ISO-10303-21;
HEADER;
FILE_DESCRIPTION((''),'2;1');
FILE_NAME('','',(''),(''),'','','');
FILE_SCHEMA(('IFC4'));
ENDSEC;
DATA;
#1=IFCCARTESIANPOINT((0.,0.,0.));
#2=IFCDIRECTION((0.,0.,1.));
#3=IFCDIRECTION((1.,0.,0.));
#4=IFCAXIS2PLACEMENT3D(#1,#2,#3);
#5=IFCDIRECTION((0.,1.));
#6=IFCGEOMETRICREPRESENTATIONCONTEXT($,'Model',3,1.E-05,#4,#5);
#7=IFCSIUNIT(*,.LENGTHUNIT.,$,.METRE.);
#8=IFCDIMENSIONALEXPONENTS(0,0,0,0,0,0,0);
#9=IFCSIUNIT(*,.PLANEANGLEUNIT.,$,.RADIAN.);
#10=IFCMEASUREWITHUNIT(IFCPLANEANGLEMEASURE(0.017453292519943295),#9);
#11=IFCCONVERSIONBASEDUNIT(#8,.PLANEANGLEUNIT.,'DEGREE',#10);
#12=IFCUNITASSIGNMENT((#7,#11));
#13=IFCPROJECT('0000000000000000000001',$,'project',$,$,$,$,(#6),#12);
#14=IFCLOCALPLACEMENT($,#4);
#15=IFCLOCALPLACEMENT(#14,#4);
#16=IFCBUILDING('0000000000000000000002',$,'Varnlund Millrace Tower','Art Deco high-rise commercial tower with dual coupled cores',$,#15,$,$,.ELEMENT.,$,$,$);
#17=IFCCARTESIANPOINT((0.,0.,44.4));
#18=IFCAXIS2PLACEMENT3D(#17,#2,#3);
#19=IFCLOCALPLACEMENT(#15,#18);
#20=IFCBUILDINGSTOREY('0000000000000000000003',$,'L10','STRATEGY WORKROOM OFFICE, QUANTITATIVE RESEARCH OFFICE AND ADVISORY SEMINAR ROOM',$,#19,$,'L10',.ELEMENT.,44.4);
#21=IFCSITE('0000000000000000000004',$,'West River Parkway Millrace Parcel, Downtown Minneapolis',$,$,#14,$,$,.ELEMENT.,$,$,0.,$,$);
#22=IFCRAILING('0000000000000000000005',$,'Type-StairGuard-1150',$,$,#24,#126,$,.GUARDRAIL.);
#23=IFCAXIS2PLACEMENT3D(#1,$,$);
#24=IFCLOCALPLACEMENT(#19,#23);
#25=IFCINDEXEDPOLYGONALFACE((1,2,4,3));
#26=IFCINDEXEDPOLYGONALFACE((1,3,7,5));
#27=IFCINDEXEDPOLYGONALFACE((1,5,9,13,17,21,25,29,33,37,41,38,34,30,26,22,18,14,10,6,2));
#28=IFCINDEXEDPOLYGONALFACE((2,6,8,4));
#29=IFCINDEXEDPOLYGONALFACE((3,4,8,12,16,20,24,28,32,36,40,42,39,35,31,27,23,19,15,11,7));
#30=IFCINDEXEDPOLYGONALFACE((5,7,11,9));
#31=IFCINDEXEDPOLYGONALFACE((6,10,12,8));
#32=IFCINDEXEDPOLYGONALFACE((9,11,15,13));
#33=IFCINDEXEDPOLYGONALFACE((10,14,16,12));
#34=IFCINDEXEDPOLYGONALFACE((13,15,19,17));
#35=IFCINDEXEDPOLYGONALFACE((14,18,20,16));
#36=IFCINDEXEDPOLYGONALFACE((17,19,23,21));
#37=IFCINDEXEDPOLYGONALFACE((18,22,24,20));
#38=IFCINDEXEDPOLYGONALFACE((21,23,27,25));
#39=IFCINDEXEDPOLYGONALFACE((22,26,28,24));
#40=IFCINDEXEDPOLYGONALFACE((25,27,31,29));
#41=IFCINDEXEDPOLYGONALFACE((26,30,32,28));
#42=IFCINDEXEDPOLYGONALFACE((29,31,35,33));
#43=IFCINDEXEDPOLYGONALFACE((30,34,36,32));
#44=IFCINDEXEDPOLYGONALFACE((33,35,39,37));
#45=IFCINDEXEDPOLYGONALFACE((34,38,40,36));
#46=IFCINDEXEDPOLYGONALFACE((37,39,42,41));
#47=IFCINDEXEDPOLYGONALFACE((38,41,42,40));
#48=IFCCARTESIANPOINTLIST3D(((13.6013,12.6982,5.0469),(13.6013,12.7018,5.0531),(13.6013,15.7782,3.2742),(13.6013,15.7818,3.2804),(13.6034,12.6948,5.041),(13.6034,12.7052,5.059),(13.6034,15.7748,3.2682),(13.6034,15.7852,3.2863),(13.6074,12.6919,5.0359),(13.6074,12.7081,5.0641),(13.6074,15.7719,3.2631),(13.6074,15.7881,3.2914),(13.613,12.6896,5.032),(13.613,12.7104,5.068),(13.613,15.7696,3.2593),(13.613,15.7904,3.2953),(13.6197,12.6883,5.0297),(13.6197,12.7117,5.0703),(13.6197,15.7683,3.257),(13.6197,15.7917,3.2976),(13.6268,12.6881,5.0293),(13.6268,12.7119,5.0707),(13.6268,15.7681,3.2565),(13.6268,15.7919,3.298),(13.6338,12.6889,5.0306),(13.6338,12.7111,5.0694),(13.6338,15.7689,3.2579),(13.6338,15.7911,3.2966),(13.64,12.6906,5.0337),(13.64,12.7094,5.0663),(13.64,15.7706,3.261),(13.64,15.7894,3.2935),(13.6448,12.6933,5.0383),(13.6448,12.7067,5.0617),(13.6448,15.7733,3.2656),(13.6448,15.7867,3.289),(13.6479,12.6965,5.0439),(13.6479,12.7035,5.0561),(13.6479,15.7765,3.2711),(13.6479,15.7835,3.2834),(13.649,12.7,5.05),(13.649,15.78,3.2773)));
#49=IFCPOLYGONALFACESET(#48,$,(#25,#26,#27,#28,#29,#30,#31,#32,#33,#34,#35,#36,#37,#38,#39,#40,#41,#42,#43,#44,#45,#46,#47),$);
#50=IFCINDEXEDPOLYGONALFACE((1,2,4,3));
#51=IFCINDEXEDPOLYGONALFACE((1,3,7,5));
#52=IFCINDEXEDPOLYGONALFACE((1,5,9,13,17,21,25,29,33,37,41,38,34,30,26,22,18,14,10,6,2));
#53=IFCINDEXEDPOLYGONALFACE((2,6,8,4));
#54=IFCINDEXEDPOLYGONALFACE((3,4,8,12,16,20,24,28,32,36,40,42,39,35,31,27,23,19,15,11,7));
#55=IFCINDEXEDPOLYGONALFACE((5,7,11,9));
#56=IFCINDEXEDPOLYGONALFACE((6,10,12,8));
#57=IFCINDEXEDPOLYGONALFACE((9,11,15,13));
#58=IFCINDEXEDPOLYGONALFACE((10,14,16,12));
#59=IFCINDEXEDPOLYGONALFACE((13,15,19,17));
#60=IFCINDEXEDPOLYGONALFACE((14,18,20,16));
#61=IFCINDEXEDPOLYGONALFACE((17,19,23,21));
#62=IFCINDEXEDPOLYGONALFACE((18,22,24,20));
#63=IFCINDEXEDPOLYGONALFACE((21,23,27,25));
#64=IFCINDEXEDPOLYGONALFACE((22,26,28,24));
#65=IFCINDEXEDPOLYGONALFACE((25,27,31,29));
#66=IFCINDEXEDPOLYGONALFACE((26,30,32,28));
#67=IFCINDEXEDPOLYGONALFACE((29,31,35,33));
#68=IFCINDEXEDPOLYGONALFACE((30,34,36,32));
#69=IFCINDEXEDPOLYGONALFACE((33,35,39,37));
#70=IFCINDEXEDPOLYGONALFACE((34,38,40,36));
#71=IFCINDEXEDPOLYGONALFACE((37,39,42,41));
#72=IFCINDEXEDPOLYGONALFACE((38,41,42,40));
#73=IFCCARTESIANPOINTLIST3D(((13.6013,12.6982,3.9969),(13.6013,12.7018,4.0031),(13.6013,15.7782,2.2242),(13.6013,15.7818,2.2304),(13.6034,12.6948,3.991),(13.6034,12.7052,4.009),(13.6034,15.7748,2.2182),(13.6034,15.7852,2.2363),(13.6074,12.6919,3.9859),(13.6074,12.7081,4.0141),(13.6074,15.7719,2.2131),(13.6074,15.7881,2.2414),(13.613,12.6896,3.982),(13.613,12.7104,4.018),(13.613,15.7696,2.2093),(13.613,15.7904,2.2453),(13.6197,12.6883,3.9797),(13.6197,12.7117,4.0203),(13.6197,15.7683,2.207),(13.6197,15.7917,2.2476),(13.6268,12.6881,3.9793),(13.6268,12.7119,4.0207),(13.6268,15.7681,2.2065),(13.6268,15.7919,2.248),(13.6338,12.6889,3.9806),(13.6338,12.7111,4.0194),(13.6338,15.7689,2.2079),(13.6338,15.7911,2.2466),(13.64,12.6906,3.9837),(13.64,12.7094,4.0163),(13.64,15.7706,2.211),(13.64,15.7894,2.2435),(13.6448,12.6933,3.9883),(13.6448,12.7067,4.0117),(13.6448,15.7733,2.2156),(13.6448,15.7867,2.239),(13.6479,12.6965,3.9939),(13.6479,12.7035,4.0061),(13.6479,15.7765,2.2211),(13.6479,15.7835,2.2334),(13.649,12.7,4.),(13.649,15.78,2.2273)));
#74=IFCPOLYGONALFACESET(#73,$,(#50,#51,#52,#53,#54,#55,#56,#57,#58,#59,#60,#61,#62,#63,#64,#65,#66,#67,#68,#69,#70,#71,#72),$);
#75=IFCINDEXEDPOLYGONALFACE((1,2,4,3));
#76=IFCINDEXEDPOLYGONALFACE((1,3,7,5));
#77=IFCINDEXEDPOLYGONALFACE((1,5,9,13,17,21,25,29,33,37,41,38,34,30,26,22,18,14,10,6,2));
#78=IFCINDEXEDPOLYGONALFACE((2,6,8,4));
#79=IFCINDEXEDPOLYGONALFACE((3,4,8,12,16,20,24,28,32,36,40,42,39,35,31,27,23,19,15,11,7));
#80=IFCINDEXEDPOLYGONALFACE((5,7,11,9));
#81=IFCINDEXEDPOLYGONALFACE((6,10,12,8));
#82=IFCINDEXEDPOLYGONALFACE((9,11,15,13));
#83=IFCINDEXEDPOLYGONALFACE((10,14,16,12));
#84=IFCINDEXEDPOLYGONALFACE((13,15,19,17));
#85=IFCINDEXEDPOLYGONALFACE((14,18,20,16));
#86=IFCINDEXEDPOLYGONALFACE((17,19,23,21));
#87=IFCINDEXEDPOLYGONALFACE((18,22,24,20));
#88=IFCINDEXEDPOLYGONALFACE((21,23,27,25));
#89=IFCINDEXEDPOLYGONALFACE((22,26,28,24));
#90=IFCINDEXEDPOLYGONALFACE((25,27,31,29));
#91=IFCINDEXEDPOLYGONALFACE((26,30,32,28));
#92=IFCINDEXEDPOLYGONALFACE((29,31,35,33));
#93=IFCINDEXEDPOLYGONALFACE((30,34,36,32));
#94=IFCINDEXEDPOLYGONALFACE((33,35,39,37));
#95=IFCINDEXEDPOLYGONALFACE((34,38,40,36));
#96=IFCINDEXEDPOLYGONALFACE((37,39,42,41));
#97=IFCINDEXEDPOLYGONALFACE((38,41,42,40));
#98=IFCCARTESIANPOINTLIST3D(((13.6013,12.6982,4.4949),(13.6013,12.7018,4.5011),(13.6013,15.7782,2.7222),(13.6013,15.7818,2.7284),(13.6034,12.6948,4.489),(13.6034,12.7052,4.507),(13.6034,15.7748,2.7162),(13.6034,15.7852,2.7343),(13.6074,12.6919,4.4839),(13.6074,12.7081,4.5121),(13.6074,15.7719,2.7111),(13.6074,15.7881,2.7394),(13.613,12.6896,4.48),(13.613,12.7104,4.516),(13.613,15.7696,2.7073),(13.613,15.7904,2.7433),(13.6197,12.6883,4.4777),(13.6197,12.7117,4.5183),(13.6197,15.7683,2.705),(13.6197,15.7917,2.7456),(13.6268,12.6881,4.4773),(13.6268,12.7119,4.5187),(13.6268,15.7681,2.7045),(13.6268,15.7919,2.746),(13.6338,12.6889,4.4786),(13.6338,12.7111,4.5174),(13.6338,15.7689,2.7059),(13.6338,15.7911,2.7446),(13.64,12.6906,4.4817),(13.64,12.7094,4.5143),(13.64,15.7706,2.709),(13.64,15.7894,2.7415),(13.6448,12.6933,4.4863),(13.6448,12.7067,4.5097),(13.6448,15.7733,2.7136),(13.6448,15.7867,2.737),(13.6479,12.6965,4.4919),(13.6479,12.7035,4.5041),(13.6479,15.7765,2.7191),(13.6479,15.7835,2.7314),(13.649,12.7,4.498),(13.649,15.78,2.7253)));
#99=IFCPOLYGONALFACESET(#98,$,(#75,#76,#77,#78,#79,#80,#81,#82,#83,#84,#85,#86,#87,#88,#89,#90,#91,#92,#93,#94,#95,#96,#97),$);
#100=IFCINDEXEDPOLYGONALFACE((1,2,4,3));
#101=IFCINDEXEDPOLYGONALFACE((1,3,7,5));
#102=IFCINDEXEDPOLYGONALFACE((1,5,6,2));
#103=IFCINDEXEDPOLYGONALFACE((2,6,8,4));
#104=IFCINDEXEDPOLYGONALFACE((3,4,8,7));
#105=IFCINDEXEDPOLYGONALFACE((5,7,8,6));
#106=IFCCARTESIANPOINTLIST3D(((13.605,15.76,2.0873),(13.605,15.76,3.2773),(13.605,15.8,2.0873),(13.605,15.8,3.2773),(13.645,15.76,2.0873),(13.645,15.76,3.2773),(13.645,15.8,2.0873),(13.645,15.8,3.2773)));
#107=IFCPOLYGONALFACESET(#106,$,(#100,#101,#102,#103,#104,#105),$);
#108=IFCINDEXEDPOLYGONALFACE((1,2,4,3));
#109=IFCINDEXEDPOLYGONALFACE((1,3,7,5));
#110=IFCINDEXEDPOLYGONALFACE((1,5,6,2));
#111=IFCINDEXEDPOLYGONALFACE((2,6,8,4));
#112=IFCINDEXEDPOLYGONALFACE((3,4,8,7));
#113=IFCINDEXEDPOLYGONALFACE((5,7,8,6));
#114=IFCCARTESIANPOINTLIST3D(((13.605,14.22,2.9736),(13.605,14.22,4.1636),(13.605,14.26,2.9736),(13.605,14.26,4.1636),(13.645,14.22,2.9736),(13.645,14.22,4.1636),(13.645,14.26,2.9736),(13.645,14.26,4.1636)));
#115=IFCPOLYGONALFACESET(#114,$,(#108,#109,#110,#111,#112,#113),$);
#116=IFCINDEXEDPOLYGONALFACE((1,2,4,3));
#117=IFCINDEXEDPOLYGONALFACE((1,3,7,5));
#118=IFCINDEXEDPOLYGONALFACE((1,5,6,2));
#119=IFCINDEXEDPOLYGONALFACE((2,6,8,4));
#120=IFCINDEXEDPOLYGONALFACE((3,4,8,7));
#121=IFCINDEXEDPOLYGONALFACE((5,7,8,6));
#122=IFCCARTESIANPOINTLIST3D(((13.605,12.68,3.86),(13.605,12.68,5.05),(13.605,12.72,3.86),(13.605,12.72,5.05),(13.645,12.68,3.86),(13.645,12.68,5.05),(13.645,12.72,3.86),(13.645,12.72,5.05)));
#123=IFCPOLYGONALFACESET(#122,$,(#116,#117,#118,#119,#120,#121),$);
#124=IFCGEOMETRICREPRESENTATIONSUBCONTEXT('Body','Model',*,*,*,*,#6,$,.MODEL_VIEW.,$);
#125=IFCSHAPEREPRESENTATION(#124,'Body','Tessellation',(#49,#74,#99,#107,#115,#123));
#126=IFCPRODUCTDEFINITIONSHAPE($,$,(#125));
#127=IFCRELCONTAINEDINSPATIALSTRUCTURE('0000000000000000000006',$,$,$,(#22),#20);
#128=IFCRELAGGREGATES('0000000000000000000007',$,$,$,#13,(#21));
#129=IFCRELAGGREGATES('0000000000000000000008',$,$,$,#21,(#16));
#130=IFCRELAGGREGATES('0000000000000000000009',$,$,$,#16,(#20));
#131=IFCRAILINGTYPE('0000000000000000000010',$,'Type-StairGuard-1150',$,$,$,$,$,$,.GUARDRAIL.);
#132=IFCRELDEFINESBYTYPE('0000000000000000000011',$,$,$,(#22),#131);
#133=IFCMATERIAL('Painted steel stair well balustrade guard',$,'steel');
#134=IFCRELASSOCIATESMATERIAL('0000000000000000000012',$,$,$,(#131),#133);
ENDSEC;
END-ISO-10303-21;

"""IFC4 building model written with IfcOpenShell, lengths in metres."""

from ifc_helpers import new_model, entity, si_unit, converted_unit, direction, frame, origin_with_axes, origin_2d_with_axis, place, context, subcontext, project, spatial, rectangle, circle, extrude, material, type_object, element, save


model = new_model("IFC4")

# Units and contexts
model_context = context("Model", 3, precision=1e-05, world=origin_with_axes(), true_north=direction((0.0, 1.0)))
body_context = subcontext(model_context, "Body", "Model", "MODEL_VIEW")
ifc_project = project(units=[si_unit("LENGTHUNIT", "METRE"), converted_unit("PLANEANGLEUNIT", "DEGREE", entity("IfcPlaneAngleMeasure", 0.017453292519943295), si_unit("PLANEANGLEUNIT", "RADIAN"), dimensions=[0, 0, 0, 0, 0, 0, 0])], contexts=[model_context])

# Site, building, storey
site_placement = place(None, origin_with_axes())
site = spatial("IfcSite", under=ifc_project, at=site_placement, Name="West River Parkway Millrace Parcel, Downtown Minneapolis", CompositionType="ELEMENT", RefElevation=0.0)
building_placement = place(site_placement, origin_with_axes())
building = spatial("IfcBuilding", under=site, at=building_placement, Name="Varnlund Millrace Tower", Description="Art Deco high-rise commercial tower with dual coupled cores", CompositionType="ELEMENT")
storey_placement = place(building_placement, frame((0.0, 0.0, 44.4), z_axis=(0.0, 0.0, 1.0), x_axis=(1.0, 0.0, 0.0)))
storey = spatial("IfcBuildingStorey", under=building, at=storey_placement, Name="L10", Description="STRATEGY WORKROOM OFFICE, QUANTITATIVE RESEARCH OFFICE AND ADVISORY SEMINAR ROOM", LongName="L10", CompositionType="ELEMENT", Elevation=44.4)

# Railing
ifc_material_1 = material(Name="Painted steel stair well balustrade guard", Category="steel")
railing_type_1 = type_object("IfcRailingType", Name="Type-StairGuard-1150", PredefinedType="GUARDRAIL", material=ifc_material_1)
railing_1_placement = place(storey_placement, frame((0.0, 0.0, -44.4), z_axis=(0.0, 0.0, 1.0), x_axis=(1.0, 0.0, 0.0)))
element("IfcRailing", 1, at=railing_1_placement, inside=storey, type_object=railing_type_1, Name="Type-StairGuard-1150", PredefinedType="GUARDRAIL", context=body_context, shape_type="SweptSolid", body=[
    extrude(circle(Radius=0.024, at=origin_2d_with_axis()), frame((13.625, 15.78, 47.6773), z_axis=(0.0, -0.866696, 0.498836), x_axis=(1.0, 0.0, 0.0)), (0.0, 0.0, 1.0), 3.5537),
    extrude(circle(Radius=0.024, at=origin_2d_with_axis()), frame((13.625, 15.78, 46.6273), z_axis=(0.0, -0.866696, 0.498836), x_axis=(1.0, 0.0, 0.0)), (0.0, 0.0, 1.0), 3.5537),
    extrude(circle(Radius=0.024, at=origin_2d_with_axis()), frame((13.625, 15.78, 47.1253), z_axis=(0.0, -0.866696, 0.498836), x_axis=(1.0, 0.0, 0.0)), (0.0, 0.0, 1.0), 3.5537),
    extrude(rectangle(XDim=0.04, YDim=0.04, at=origin_2d_with_axis()), frame((13.625, 15.78, 46.4873), z_axis=(0.0, 0.0, 1.0), x_axis=(1.0, 0.0, 0.0)), (0.0, 0.0, 1.0), 1.19),
    extrude(rectangle(XDim=0.04, YDim=0.04, at=origin_2d_with_axis()), frame((13.625, 14.24, 47.3736), z_axis=(0.0, 0.0, 1.0), x_axis=(1.0, 0.0, 0.0)), (0.0, 0.0, 1.0), 1.19),
    extrude(rectangle(XDim=0.04, YDim=0.04, at=origin_2d_with_axis()), frame((13.625, 12.7, 48.26), z_axis=(0.0, 0.0, 1.0), x_axis=(1.0, 0.0, 0.0)), (0.0, 0.0, 1.0), 1.19),
])

save(model, "model.ifc")
